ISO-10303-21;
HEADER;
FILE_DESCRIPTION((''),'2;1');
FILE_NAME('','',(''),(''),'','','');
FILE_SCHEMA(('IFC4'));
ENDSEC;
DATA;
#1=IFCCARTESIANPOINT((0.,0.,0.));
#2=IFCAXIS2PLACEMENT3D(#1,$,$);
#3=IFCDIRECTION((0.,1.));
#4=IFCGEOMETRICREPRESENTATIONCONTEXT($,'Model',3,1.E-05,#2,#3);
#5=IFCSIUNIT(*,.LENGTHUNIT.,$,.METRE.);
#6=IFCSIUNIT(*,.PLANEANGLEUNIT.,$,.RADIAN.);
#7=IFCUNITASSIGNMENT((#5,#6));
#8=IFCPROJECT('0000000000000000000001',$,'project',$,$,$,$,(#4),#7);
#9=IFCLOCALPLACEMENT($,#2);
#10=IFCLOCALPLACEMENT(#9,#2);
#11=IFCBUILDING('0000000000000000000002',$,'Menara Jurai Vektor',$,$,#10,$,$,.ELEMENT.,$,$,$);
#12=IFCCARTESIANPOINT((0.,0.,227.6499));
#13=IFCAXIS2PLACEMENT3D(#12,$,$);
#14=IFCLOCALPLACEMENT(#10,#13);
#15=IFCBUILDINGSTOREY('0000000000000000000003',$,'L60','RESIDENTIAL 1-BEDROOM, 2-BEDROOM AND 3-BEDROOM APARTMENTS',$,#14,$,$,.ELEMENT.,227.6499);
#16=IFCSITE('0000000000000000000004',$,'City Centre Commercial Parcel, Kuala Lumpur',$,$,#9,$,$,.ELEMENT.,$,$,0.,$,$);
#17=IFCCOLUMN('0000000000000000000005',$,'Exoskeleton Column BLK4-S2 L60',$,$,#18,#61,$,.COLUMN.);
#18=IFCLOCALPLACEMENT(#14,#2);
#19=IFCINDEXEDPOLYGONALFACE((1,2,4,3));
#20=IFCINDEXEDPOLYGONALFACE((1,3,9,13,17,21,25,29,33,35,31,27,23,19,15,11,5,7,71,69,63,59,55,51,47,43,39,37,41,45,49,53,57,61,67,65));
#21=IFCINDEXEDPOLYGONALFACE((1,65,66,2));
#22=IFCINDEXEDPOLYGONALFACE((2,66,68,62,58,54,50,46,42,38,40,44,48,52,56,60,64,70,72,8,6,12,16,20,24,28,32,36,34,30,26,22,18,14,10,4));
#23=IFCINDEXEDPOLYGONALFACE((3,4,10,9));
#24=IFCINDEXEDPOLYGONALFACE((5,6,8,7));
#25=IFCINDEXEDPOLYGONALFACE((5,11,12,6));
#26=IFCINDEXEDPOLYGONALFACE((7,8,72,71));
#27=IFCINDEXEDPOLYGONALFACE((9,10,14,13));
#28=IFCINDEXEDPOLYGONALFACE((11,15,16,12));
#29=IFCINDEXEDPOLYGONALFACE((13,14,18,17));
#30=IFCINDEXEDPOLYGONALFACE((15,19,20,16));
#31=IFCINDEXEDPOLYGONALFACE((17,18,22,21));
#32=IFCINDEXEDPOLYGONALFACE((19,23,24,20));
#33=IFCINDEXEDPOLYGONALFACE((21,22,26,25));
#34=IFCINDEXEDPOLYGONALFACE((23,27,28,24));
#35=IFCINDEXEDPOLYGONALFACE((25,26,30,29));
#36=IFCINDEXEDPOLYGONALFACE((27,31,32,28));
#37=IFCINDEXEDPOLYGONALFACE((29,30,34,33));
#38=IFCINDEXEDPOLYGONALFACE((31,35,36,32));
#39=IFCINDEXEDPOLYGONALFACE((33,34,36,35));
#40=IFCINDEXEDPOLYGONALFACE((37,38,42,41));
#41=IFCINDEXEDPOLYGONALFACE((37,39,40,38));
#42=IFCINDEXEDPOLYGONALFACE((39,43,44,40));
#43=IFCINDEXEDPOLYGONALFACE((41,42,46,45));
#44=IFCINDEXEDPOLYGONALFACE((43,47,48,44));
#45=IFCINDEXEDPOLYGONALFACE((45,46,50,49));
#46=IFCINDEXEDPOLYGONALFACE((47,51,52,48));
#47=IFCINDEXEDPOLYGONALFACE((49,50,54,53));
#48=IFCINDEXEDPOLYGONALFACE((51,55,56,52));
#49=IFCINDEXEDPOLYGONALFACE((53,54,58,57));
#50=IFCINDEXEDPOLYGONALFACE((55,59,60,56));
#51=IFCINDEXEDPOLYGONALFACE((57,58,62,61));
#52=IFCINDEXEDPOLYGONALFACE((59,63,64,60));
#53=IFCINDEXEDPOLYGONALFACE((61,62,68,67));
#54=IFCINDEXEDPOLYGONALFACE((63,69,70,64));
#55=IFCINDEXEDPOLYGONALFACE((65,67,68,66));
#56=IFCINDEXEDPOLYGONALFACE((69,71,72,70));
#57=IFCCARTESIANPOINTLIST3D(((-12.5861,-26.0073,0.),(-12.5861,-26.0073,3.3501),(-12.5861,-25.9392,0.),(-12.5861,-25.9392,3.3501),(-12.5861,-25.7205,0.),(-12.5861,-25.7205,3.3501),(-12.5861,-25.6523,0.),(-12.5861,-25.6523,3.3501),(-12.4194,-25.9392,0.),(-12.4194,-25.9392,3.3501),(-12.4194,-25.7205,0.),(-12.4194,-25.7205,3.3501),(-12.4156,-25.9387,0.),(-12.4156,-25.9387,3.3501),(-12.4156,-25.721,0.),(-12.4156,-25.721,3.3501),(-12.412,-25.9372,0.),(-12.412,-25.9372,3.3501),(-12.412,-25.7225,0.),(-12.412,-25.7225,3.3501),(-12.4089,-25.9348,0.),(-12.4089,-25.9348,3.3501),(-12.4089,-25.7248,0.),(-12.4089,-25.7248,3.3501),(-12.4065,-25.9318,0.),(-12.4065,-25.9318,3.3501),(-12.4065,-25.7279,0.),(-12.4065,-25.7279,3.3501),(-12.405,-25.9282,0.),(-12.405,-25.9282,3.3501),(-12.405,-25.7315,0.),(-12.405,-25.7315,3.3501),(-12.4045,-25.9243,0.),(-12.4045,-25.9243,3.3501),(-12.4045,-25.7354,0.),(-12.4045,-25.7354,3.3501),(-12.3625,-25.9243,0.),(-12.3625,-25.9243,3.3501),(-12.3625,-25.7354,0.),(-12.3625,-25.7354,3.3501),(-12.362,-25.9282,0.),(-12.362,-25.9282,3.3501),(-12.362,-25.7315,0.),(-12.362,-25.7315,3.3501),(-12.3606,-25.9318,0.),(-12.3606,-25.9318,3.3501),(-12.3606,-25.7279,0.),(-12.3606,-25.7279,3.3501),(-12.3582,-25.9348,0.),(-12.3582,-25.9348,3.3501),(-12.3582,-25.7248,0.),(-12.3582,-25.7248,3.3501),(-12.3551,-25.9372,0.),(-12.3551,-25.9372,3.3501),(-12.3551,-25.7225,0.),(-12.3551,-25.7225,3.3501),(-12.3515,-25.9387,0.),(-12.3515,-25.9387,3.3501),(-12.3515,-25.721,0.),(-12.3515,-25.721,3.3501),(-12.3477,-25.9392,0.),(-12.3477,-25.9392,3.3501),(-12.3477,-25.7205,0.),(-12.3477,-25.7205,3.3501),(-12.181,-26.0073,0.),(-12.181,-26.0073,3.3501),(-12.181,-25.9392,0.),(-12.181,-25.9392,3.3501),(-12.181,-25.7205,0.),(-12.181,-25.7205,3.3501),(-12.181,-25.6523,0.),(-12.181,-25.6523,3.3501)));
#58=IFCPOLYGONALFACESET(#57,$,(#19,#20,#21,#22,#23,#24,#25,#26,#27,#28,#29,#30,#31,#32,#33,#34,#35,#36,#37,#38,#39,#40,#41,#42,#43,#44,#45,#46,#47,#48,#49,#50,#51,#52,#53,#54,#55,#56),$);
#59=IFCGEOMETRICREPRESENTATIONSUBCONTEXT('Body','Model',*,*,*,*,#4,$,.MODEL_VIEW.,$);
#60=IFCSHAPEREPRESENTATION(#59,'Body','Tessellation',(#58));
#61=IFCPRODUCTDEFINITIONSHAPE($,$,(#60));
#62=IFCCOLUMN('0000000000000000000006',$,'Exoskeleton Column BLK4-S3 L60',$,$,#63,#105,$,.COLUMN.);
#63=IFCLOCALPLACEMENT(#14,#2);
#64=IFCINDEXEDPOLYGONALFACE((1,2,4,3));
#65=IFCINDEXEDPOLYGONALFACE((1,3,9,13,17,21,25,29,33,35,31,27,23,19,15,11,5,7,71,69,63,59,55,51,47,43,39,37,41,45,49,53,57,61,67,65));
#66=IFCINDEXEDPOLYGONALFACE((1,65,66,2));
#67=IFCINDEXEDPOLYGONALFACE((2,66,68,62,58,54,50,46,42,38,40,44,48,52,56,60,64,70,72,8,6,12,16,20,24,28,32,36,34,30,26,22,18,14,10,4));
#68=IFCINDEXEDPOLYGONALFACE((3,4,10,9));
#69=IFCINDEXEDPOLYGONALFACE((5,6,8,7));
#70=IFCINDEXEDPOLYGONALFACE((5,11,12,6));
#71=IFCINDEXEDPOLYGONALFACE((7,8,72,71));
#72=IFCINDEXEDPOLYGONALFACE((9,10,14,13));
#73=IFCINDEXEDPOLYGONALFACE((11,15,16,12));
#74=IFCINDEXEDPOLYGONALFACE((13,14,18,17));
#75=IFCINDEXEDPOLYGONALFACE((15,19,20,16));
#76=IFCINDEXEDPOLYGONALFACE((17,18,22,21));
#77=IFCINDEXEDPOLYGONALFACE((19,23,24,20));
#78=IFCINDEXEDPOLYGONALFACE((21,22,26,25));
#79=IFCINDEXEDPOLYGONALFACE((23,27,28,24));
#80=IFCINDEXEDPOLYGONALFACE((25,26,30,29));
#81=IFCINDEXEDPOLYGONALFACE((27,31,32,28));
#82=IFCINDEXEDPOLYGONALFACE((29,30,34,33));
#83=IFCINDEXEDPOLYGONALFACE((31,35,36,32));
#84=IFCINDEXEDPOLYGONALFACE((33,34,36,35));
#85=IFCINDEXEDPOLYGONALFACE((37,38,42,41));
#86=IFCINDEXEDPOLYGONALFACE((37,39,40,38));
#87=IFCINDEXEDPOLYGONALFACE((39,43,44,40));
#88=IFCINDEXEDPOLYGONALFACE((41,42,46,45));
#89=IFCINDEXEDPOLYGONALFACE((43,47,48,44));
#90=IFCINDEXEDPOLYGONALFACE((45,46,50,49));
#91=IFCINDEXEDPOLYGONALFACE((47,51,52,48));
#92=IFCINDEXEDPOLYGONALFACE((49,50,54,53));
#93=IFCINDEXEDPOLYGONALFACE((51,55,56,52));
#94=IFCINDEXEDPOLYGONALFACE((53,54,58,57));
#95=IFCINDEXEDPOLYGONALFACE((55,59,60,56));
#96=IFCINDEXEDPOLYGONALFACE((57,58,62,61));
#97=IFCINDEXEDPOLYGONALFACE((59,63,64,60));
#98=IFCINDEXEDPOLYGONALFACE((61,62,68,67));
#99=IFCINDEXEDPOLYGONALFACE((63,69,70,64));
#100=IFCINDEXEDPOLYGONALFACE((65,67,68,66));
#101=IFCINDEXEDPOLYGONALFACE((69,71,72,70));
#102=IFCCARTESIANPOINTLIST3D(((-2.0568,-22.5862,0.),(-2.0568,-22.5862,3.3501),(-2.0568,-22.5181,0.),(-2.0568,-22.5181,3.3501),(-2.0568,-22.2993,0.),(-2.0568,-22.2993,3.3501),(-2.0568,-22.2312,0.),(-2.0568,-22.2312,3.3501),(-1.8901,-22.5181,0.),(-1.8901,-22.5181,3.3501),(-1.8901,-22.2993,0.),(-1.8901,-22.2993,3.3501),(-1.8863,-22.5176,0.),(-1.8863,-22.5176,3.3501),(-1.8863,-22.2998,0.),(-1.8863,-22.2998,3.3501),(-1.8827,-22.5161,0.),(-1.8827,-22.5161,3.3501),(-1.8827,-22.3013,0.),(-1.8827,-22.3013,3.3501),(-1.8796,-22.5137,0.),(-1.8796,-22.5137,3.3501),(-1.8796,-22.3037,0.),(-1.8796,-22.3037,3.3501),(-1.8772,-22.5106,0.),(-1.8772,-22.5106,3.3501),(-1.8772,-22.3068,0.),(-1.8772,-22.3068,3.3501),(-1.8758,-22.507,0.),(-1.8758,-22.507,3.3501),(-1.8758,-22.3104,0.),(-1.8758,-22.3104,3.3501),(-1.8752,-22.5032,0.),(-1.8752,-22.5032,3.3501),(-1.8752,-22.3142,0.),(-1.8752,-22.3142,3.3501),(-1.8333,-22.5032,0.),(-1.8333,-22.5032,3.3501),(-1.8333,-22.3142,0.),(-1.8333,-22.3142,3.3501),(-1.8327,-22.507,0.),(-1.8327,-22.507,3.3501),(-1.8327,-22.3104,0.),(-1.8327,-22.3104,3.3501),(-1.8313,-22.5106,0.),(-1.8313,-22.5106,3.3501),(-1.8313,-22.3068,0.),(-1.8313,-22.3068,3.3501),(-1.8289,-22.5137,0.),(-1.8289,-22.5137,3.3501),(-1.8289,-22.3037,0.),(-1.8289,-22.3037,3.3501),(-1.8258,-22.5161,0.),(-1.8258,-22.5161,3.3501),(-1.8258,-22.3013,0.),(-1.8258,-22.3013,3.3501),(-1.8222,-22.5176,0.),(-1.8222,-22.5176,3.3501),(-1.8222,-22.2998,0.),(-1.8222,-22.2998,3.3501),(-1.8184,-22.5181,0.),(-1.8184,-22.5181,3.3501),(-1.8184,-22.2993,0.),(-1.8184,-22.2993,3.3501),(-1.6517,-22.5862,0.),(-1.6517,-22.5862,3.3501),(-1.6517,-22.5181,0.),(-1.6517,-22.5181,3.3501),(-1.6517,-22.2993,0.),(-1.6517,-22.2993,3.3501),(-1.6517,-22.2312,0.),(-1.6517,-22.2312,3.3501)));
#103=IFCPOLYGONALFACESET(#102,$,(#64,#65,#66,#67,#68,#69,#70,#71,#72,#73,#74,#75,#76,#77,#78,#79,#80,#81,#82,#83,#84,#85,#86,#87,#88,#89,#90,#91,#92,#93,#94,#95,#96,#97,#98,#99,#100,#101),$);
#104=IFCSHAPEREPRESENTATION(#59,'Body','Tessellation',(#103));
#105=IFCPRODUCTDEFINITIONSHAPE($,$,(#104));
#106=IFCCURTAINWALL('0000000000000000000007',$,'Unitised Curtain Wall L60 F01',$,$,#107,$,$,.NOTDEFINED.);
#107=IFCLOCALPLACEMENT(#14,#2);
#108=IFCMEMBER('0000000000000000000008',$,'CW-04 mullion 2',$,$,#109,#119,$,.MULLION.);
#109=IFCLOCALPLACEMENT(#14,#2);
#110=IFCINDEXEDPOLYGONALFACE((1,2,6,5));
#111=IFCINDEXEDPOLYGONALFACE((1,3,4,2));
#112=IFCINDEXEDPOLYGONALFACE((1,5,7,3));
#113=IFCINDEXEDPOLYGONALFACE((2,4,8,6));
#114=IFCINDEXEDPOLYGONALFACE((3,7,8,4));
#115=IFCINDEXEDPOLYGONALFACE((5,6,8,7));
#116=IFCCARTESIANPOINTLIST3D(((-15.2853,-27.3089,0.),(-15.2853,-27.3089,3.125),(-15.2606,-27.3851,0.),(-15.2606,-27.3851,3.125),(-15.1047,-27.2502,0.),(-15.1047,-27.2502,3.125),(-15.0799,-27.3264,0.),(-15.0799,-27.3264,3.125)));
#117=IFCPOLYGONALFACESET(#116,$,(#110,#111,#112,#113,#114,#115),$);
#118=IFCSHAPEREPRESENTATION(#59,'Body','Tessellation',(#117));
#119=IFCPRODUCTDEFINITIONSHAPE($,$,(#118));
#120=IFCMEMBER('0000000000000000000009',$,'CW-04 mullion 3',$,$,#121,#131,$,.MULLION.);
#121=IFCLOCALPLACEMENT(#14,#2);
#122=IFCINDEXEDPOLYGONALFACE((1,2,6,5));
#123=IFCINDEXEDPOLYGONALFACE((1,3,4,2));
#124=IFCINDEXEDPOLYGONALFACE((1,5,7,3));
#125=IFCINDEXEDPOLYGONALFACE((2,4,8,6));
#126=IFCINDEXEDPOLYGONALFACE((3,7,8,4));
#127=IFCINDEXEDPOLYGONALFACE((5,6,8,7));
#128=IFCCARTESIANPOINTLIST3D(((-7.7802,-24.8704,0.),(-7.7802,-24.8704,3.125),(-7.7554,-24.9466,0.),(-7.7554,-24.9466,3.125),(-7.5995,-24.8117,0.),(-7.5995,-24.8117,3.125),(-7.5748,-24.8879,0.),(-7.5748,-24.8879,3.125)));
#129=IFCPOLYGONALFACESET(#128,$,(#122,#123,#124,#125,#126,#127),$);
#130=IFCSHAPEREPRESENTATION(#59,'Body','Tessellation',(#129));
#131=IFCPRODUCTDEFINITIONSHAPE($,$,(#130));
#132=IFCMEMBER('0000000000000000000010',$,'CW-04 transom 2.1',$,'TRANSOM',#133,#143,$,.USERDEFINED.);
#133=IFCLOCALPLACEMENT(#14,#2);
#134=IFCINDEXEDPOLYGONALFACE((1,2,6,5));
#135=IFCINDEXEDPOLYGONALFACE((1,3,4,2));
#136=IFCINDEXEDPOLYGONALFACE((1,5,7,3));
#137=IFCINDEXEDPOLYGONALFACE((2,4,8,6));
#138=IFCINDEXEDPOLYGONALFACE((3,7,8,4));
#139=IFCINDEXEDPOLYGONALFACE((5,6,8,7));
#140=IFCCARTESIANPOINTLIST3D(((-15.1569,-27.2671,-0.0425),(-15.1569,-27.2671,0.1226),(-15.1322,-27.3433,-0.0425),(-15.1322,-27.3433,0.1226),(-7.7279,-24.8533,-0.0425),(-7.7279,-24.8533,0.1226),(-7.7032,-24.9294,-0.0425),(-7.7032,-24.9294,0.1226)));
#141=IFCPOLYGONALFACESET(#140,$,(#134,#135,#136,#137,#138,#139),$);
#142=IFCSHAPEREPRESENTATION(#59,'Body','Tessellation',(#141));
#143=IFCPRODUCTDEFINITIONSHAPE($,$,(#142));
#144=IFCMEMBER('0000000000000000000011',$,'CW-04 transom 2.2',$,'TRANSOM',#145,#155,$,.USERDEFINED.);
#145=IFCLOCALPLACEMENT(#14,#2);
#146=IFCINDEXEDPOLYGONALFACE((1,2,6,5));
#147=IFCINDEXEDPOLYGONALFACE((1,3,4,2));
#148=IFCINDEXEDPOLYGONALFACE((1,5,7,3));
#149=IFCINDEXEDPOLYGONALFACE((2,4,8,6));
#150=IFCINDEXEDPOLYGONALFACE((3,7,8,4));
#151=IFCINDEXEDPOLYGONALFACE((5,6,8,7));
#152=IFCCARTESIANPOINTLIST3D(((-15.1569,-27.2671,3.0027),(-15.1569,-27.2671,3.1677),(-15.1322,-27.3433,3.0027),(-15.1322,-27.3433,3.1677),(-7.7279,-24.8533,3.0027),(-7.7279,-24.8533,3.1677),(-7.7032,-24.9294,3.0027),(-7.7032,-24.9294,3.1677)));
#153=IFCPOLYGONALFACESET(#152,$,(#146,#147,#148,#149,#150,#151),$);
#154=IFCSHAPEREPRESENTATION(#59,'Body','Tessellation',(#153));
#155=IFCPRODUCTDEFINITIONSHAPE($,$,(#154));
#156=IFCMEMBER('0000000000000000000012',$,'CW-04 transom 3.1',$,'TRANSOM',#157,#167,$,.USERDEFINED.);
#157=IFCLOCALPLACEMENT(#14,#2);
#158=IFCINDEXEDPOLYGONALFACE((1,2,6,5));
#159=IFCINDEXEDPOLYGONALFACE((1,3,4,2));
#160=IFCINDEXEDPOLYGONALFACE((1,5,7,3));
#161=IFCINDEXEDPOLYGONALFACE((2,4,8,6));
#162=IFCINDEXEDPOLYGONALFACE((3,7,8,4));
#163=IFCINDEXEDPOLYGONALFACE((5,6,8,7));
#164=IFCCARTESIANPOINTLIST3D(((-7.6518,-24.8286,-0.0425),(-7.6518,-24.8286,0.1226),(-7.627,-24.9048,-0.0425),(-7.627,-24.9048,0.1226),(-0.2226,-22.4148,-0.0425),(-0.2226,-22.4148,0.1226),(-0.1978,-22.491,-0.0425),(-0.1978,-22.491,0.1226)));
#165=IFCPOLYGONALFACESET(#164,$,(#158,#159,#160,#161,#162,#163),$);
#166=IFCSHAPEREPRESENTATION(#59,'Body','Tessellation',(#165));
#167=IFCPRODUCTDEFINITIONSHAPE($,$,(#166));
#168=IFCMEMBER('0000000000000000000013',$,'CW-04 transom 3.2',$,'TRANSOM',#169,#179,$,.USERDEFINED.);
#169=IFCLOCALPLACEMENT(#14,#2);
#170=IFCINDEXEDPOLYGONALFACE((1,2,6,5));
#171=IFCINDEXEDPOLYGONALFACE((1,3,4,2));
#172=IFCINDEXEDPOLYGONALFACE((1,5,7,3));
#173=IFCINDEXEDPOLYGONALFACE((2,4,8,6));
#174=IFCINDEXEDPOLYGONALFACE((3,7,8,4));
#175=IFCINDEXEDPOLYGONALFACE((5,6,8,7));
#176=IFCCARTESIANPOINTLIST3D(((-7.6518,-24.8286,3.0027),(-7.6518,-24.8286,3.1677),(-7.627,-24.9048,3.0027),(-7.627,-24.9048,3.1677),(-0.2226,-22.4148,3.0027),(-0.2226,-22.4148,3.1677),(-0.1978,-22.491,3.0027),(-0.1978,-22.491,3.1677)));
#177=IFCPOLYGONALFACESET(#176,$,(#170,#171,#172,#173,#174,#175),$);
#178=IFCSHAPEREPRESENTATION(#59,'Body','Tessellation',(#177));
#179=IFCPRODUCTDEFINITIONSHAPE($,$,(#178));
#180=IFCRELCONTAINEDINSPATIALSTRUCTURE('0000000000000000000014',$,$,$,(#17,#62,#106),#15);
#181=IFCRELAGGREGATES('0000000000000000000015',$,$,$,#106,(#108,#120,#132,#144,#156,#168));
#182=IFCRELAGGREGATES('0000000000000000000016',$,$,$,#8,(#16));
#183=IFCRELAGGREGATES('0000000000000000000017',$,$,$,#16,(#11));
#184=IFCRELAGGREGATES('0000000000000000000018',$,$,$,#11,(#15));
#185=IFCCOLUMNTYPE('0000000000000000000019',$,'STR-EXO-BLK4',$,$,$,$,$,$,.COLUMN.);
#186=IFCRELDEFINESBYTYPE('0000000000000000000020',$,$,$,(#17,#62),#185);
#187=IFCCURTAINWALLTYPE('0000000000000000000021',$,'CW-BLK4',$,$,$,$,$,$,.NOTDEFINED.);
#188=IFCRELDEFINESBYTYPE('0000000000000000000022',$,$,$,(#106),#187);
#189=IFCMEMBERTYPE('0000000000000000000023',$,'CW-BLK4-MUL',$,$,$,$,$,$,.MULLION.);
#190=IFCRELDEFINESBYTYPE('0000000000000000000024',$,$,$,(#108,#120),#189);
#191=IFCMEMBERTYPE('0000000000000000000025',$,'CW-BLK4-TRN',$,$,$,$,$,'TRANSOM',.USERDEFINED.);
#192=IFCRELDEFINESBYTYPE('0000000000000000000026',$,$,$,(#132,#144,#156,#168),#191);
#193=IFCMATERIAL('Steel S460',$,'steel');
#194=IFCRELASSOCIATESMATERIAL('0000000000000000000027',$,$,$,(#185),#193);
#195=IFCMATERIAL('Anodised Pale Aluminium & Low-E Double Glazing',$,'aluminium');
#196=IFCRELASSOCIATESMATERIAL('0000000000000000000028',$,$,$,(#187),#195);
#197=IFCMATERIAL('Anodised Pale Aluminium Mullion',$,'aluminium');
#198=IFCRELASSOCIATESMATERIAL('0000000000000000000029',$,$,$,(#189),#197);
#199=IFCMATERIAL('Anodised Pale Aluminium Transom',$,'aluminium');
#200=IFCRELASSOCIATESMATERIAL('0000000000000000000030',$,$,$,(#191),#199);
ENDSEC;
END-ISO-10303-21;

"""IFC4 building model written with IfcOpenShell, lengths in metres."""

from ifc_helpers import new_model, si_unit, direction, frame, origin, origin_2d, place, context, subcontext, project, spatial, rectangle, i_section, extrude, material, material_profile, profile_set, type_object, element, aggregate, save


model = new_model("IFC4")

# Units and contexts
model_context = context("Model", 3, precision=1e-05, world=origin(), true_north=direction((0.0, 1.0)))
body_context = subcontext(model_context, "Body", "Model", "MODEL_VIEW")
ifc_project = project(units=[si_unit("LENGTHUNIT", "METRE"), si_unit("PLANEANGLEUNIT", "RADIAN")], contexts=[model_context])

# Site, building, storey
site_placement = place(None, origin())
site = spatial("IfcSite", under=ifc_project, at=site_placement, Name="City Centre Commercial Parcel, Kuala Lumpur", CompositionType="ELEMENT", RefElevation=0.0)
building_placement = place(site_placement, origin())
building = spatial("IfcBuilding", under=site, at=building_placement, Name="Menara Jurai Vektor", CompositionType="ELEMENT")
storey_placement = place(building_placement, frame((0.0, 0.0, 227.6499)))
storey = spatial("IfcBuildingStorey", under=building, at=storey_placement, Name="L60", Description="RESIDENTIAL 1-BEDROOM, 2-BEDROOM AND 3-BEDROOM APARTMENTS", CompositionType="ELEMENT", Elevation=227.6499)

# Columns
ifc_material_1 = material(Name="Steel S460", Category="steel")
ifc_material_profile_1 = material_profile(ifc_material_1, i_section(OverallWidth=0.405, OverallDepth=0.355, WebThickness=0.042, FlangeThickness=0.0681, FilletRadius=0.0149, at=origin_2d()), Name="HD 400x551")
ifc_profile_set_1 = profile_set([ifc_material_profile_1], Name="Steel S460")
column_type = type_object("IfcColumnType", Name="STR-EXO-BLK4", PredefinedType="COLUMN", material=ifc_profile_set_1)
for number, where, z_axis, x_axis, name in (
    (1, (-12.3835, -25.8298, 0.0), (0.0, 0.0, 1.0), (1.0, 0.0, 0.0), "Exoskeleton Column BLK4-S2 L60"),
    (2, (-1.8542, -22.4087, 0.0), (0.0, 0.0, 1.0), (1.0, 0.0, 0.0), "Exoskeleton Column BLK4-S3 L60"),
):
    element("IfcColumn", number, at=place(storey_placement, frame(where, z_axis=z_axis, x_axis=x_axis)), inside=storey, type_object=column_type, Name=name, PredefinedType="COLUMN", context=body_context, shape_type="SweptSolid", body=[
        extrude(i_section(OverallWidth=0.405, OverallDepth=0.355, WebThickness=0.042, FlangeThickness=0.0681, FilletRadius=0.0149, at=origin_2d()), origin(), (0.0, 0.0, 1.0), 3.3501),
    ])

# Curtain wall, members
ifc_material_2 = material(Name="Anodised Pale Aluminium & Low-E Double Glazing", Category="aluminium")
curtain_wall_type = type_object("IfcCurtainWallType", Name="CW-BLK4", PredefinedType="NOTDEFINED", material=ifc_material_2)
curtain_wall_placement = place(storey_placement, origin())
curtain_wall = element("IfcCurtainWall", 3, at=curtain_wall_placement, inside=storey, type_object=curtain_wall_type, Name="Unitised Curtain Wall L60 F01", PredefinedType="NOTDEFINED")
ifc_material_3 = material(Name="Anodised Pale Aluminium Mullion", Category="aluminium")
ifc_material_profile_2 = material_profile(ifc_material_3, rectangle(XDim=0.0801, YDim=0.1899, at=origin_2d()), Name="ALU MUL 80x190")
ifc_profile_set_2 = profile_set([ifc_material_profile_2], Name="Anodised Pale Aluminium Mullion")
member_type_1 = type_object("IfcMemberType", Name="CW-BLK4-MUL", PredefinedType="MULLION", material=ifc_profile_set_2)
member_1_placement = place(storey_placement, frame((-15.1826, -27.3176, 0.0), z_axis=(0.0, 0.0, 1.0), x_axis=(-0.309017, 0.951056, 0.0)))
member_1 = element("IfcMember", 4, at=member_1_placement, type_object=member_type_1, Name="CW-04 mullion 2", PredefinedType="MULLION", context=body_context, shape_type="SweptSolid", body=[
    extrude(rectangle(XDim=0.0801, YDim=0.1899, at=origin_2d()), origin(), (0.0, 0.0, 1.0), 3.125),
])
member_2_placement = place(storey_placement, frame((-7.6775, -24.8792, 0.0), z_axis=(0.0, 0.0, 1.0), x_axis=(-0.309017, 0.951056, 0.0)))
member_2 = element("IfcMember", 5, at=member_2_placement, type_object=member_type_1, Name="CW-04 mullion 3", PredefinedType="MULLION", context=body_context, shape_type="SweptSolid", body=[
    extrude(rectangle(XDim=0.0801, YDim=0.1899, at=origin_2d()), origin(), (0.0, 0.0, 1.0), 3.125),
])
ifc_material_4 = material(Name="Anodised Pale Aluminium Transom", Category="aluminium")
ifc_material_profile_3 = material_profile(ifc_material_4, rectangle(XDim=0.0801, YDim=0.165, at=origin_2d()), Name="ALU TRN 80x165")
ifc_profile_set_3 = profile_set([ifc_material_profile_3], Name="Anodised Pale Aluminium Transom")
member_type_2 = type_object("IfcMemberType", Name="CW-BLK4-TRN", ElementType="TRANSOM", PredefinedType="USERDEFINED", material=ifc_profile_set_3)
member_3_placement = place(storey_placement, frame((-15.1445, -27.3052, 0.04), z_axis=(0.951056, 0.309018, 0.0), x_axis=(-0.309018, 0.951056, 0.0)))
member_3 = element("IfcMember", 6, at=member_3_placement, type_object=member_type_2, Name="CW-04 transom 2.1", ObjectType="TRANSOM", PredefinedType="USERDEFINED", context=body_context, shape_type="SweptSolid", body=[
    extrude(rectangle(XDim=0.0801, YDim=0.165, at=origin_2d()), origin(), (0.0, 0.0, 1.0), 7.8113),
])
member_4_placement = place(storey_placement, frame((-15.1445, -27.3052, 3.0852), z_axis=(0.951056, 0.309018, 0.0), x_axis=(-0.309018, 0.951056, 0.0)))
member_4 = element("IfcMember", 7, at=member_4_placement, type_object=member_type_2, Name="CW-04 transom 2.2", ObjectType="TRANSOM", PredefinedType="USERDEFINED", context=body_context, shape_type="SweptSolid", body=[
    extrude(rectangle(XDim=0.0801, YDim=0.165, at=origin_2d()), origin(), (0.0, 0.0, 1.0), 7.8113),
])
member_5_placement = place(storey_placement, frame((-7.6394, -24.8667, 0.04), z_axis=(0.951059, 0.309008, 0.0), x_axis=(-0.309008, 0.951059, 0.0)))
member_5 = element("IfcMember", 8, at=member_5_placement, type_object=member_type_2, Name="CW-04 transom 3.1", ObjectType="TRANSOM", PredefinedType="USERDEFINED", context=body_context, shape_type="SweptSolid", body=[
    extrude(rectangle(XDim=0.0801, YDim=0.165, at=origin_2d()), origin(), (0.0, 0.0, 1.0), 7.8115),
])
member_6_placement = place(storey_placement, frame((-7.6394, -24.8667, 3.0852), z_axis=(0.951059, 0.309008, 0.0), x_axis=(-0.309008, 0.951059, 0.0)))
member_6 = element("IfcMember", 9, at=member_6_placement, type_object=member_type_2, Name="CW-04 transom 3.2", ObjectType="TRANSOM", PredefinedType="USERDEFINED", context=body_context, shape_type="SweptSolid", body=[
    extrude(rectangle(XDim=0.0801, YDim=0.165, at=origin_2d()), origin(), (0.0, 0.0, 1.0), 7.8115),
])

aggregate(curtain_wall, [member_1, member_2, member_3, member_4, member_5, member_6])

save(model, "model.ifc")
